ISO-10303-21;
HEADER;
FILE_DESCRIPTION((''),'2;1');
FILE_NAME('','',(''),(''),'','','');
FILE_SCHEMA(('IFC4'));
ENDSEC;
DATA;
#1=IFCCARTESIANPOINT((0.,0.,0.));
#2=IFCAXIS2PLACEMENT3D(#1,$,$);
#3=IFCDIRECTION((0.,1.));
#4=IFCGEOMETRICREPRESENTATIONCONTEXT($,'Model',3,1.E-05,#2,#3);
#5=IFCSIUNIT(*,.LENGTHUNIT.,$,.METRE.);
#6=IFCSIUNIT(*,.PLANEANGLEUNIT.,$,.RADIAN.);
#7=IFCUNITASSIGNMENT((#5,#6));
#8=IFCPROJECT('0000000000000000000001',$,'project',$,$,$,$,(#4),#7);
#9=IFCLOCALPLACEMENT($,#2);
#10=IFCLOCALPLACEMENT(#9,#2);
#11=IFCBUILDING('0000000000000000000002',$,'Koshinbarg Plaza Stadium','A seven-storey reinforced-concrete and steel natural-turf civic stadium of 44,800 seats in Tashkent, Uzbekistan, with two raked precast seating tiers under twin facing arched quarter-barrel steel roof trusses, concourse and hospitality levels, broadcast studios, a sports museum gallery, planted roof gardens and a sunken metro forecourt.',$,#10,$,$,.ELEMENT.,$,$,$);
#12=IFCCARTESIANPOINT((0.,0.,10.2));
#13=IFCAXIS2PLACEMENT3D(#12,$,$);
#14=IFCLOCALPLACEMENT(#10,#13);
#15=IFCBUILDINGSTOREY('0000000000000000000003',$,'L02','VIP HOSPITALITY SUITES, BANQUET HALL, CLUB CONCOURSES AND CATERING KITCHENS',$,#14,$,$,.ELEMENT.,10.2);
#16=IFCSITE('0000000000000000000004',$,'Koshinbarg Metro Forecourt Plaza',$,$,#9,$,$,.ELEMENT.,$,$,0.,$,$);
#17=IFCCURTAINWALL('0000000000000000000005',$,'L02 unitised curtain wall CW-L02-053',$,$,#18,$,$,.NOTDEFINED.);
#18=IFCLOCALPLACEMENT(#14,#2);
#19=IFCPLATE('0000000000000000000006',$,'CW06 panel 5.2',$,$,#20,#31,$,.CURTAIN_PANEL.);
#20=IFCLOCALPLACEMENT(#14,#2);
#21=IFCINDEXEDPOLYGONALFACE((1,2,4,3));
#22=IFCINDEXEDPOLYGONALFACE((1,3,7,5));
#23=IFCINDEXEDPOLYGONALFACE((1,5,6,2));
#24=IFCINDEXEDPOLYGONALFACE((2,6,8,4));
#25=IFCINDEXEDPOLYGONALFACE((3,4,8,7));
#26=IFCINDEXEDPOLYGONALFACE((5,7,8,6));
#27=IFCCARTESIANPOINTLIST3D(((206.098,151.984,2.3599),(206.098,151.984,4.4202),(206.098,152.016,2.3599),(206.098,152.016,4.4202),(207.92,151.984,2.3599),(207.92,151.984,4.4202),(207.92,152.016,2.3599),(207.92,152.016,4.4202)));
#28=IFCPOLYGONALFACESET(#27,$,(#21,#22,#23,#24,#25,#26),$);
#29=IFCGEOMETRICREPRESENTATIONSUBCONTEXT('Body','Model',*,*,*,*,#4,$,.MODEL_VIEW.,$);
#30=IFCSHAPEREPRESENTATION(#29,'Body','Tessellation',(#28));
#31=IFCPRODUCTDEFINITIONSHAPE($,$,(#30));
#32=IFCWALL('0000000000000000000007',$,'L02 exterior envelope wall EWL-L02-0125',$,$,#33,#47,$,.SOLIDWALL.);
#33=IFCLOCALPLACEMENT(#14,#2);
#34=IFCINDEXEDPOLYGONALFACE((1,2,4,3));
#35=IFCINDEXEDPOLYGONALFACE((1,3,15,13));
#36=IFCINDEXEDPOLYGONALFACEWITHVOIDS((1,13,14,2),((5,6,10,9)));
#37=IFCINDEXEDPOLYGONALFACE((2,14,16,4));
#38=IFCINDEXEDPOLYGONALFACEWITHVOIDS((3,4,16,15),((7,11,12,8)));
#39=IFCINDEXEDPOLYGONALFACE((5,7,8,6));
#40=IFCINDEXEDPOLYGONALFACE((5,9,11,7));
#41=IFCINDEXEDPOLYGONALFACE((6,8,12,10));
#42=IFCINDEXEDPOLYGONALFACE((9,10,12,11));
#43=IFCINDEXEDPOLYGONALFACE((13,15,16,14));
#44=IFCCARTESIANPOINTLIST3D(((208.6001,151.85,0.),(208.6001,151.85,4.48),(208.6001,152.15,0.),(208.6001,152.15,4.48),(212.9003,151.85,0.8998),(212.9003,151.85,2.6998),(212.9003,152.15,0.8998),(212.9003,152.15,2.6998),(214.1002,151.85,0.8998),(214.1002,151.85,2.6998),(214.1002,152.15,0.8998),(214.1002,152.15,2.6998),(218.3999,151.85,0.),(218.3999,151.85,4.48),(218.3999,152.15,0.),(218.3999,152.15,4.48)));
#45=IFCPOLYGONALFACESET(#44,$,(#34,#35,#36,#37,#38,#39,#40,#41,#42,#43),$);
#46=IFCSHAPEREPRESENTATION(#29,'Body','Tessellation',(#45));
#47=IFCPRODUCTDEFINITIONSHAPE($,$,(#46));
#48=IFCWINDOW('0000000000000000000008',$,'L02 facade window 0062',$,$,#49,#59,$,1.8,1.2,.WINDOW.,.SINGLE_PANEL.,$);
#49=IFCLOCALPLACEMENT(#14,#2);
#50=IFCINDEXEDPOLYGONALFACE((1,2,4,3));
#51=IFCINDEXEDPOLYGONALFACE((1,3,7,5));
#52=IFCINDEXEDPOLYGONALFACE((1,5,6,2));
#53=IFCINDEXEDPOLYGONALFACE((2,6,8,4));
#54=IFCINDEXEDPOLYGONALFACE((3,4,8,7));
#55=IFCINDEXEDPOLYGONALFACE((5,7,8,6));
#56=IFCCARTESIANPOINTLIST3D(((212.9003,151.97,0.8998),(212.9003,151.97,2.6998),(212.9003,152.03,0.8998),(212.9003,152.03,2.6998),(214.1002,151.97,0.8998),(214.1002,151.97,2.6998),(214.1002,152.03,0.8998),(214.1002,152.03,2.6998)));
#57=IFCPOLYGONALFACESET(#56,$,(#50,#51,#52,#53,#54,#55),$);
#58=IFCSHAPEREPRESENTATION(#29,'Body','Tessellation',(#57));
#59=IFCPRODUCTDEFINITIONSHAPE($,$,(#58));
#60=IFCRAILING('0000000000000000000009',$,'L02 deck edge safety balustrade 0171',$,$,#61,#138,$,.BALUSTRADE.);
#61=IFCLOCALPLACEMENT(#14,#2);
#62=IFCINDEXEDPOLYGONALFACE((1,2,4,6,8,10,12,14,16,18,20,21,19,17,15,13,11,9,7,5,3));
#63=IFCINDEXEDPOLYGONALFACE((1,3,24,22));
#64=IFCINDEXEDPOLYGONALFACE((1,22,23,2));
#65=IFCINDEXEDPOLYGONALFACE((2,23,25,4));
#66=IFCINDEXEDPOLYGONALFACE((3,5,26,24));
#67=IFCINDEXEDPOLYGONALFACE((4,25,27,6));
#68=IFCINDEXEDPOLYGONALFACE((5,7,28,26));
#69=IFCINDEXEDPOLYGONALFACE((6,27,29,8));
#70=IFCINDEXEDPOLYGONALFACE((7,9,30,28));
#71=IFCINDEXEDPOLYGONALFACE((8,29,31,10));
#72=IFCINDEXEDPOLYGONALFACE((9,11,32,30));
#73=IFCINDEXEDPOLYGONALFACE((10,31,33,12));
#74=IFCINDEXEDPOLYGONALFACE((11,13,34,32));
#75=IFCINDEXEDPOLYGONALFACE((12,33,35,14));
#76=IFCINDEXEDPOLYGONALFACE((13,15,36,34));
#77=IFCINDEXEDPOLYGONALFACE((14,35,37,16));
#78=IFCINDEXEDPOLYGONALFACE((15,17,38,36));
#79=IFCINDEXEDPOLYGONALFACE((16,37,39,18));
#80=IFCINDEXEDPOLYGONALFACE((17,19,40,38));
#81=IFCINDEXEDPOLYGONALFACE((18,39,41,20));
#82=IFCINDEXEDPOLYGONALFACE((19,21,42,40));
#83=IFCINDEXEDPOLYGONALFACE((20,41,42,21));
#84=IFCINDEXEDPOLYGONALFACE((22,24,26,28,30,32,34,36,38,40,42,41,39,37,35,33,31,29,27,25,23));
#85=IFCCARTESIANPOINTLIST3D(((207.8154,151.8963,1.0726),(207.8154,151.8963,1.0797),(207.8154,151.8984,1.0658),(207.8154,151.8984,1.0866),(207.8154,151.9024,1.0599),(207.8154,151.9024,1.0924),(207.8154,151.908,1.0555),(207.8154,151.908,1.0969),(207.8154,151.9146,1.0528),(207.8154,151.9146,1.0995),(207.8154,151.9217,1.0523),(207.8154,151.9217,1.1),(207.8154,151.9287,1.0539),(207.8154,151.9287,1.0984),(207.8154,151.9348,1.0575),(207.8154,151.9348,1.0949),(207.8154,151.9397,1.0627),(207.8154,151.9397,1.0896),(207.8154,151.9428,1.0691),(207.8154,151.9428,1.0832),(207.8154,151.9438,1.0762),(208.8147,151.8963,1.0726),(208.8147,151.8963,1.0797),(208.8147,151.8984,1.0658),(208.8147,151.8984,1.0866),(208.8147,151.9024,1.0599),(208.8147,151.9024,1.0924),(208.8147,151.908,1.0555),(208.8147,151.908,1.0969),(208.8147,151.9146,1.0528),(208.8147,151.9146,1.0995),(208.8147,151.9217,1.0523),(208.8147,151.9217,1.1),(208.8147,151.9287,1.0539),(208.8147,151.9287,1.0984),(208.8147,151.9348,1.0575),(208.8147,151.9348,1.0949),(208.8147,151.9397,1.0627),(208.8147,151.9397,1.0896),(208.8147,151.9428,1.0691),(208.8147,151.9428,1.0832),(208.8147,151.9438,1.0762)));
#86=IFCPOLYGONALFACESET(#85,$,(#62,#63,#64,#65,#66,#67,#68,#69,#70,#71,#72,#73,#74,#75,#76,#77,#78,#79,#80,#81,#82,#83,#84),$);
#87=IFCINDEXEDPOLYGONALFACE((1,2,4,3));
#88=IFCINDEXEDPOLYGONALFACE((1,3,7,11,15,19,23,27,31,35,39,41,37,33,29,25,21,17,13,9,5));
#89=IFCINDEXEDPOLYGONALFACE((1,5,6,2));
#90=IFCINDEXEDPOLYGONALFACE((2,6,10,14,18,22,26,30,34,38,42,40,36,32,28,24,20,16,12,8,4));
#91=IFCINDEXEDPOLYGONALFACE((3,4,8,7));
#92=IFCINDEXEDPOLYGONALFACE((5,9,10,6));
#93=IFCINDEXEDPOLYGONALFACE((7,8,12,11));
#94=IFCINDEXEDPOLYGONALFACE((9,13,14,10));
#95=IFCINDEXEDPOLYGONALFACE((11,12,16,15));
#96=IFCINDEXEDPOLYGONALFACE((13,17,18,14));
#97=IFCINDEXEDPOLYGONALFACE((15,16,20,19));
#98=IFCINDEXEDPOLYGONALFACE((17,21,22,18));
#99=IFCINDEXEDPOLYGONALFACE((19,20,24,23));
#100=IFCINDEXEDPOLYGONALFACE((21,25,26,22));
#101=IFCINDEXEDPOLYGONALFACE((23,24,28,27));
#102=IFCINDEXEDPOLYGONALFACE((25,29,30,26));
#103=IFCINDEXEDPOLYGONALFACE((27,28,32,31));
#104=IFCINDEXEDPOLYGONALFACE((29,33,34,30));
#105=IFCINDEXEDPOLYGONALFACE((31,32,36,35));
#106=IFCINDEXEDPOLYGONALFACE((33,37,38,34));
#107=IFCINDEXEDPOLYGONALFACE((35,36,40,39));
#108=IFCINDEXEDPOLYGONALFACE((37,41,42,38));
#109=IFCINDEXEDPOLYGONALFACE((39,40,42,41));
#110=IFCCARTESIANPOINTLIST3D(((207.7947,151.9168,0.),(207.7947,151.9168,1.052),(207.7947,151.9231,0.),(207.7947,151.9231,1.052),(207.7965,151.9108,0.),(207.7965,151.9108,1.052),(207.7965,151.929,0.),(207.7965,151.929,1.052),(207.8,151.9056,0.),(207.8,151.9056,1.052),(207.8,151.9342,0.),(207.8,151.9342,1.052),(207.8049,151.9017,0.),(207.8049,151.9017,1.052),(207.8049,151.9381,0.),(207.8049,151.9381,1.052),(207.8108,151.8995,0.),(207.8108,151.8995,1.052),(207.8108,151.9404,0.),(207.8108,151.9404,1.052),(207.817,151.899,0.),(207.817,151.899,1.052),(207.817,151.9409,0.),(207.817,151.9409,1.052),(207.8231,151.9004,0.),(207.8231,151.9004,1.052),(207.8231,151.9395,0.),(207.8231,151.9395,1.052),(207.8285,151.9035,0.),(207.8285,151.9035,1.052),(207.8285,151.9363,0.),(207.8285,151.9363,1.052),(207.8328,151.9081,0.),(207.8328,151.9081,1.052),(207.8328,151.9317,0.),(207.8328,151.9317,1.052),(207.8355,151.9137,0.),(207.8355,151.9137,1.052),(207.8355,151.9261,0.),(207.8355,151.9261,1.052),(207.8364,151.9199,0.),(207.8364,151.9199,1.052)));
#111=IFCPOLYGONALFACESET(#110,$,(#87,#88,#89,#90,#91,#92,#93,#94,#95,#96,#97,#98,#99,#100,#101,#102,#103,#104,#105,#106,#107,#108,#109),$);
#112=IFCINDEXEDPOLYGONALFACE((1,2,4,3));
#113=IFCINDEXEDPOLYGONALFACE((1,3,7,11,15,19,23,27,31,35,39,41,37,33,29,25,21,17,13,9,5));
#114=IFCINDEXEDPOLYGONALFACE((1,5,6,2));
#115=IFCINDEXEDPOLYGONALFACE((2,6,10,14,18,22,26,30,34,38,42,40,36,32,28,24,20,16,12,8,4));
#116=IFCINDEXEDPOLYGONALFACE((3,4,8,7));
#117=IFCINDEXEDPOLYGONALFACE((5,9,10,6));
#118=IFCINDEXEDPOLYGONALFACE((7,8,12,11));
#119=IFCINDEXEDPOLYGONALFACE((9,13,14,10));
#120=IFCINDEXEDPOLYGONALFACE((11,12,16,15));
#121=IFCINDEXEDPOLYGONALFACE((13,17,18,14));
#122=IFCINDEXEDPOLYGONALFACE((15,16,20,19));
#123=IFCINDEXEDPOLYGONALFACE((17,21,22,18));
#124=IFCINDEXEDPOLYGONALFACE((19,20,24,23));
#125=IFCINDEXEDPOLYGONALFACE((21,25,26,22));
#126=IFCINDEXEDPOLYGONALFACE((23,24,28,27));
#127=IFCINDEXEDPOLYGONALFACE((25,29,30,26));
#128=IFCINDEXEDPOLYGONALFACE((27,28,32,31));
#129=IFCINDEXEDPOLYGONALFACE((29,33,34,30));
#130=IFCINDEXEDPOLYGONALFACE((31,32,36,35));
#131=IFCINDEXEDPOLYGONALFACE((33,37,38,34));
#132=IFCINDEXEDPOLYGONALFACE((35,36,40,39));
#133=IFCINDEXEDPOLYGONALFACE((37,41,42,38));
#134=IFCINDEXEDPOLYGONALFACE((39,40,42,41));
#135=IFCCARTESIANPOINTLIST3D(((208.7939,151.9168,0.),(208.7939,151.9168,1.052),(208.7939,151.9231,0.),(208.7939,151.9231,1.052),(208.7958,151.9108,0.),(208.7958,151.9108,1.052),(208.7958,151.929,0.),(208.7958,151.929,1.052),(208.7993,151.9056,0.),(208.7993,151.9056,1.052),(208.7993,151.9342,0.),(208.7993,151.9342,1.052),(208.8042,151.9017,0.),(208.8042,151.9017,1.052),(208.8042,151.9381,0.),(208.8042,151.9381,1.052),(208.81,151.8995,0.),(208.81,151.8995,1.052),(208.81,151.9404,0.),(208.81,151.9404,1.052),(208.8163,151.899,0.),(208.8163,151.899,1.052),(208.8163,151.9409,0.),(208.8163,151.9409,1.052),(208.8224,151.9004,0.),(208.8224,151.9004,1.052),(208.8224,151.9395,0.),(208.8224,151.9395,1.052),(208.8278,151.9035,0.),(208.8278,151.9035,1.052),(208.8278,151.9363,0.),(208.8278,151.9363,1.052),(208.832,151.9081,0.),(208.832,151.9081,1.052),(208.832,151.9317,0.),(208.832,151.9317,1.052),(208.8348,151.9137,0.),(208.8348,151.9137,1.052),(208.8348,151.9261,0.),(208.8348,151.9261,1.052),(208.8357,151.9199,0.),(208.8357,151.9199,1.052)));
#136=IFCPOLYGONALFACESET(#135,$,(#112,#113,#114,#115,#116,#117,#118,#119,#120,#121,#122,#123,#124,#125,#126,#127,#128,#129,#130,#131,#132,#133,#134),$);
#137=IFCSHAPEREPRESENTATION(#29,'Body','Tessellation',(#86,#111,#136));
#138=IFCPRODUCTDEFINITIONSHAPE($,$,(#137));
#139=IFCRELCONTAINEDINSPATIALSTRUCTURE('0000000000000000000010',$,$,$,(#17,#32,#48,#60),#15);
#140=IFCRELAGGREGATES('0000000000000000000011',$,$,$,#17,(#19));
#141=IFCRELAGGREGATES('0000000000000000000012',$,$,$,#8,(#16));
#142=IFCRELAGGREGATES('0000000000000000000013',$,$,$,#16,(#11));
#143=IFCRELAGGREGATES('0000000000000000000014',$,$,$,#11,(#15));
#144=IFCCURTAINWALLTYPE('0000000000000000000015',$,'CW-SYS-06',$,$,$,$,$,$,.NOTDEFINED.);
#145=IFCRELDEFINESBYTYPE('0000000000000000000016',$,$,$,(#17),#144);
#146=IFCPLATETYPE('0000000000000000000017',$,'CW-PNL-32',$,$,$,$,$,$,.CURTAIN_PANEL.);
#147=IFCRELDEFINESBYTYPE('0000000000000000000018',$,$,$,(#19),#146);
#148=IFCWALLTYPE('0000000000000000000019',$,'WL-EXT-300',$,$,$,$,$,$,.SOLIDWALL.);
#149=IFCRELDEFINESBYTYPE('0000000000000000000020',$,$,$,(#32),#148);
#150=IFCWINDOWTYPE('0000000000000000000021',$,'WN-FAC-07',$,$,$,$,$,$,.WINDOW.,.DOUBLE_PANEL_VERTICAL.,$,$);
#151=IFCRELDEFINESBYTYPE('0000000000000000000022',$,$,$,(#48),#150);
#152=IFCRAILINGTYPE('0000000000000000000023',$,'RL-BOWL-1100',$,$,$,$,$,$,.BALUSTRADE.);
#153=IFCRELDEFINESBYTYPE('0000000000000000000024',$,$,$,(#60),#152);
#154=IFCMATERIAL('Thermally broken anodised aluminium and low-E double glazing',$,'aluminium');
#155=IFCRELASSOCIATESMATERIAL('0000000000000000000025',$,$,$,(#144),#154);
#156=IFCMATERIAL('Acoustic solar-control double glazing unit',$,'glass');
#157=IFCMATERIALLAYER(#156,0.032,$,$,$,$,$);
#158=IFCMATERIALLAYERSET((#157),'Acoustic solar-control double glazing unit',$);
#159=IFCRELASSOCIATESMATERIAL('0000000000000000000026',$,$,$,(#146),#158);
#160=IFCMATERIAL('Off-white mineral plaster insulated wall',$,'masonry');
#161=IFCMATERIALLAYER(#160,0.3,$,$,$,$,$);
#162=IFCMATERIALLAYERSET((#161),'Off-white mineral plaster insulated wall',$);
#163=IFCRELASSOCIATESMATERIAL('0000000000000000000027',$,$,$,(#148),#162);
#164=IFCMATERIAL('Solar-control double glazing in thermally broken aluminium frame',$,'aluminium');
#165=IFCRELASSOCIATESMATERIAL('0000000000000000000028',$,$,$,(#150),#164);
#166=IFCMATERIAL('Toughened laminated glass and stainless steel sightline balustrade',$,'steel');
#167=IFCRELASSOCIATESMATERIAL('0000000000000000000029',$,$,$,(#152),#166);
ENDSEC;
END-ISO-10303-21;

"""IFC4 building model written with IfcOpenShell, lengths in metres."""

from ifc_helpers import new_model, si_unit, direction, frame, frame_2d, origin, origin_2d, place, context, subcontext, project, spatial, rectangle, circle, extrude, material, layer, layer_set, type_object, element, fill, aggregate, save


model = new_model("IFC4")

# Units and contexts
model_context = context("Model", 3, precision=1e-05, world=origin(), true_north=direction((0.0, 1.0)))
body_context = subcontext(model_context, "Body", "Model", "MODEL_VIEW")
ifc_project = project(units=[si_unit("LENGTHUNIT", "METRE"), si_unit("PLANEANGLEUNIT", "RADIAN")], contexts=[model_context])

# Site, building, storey
site_placement = place(None, origin())
site = spatial("IfcSite", under=ifc_project, at=site_placement, Name="Koshinbarg Metro Forecourt Plaza", CompositionType="ELEMENT", RefElevation=0.0)
building_placement = place(site_placement, origin())
building = spatial("IfcBuilding", under=site, at=building_placement, Name="Koshinbarg Plaza Stadium", Description="A seven-storey reinforced-concrete and steel natural-turf civic stadium of 44,800 seats in Tashkent, Uzbekistan, with two raked precast seating tiers under twin facing arched quarter-barrel steel roof trusses, concourse and hospitality levels, broadcast studios, a sports museum gallery, planted roof gardens and a sunken metro forecourt.", CompositionType="ELEMENT")
storey_placement = place(building_placement, frame((0.0, 0.0, 10.2)))
storey = spatial("IfcBuildingStorey", under=building, at=storey_placement, Name="L02", Description="VIP HOSPITALITY SUITES, BANQUET HALL, CLUB CONCOURSES AND CATERING KITCHENS", CompositionType="ELEMENT", Elevation=10.2)

# Curtain wall, plate
ifc_material_1 = material(Name="Thermally broken anodised aluminium and low-E double glazing", Category="aluminium")
curtain_wall_type = type_object("IfcCurtainWallType", Name="CW-SYS-06", PredefinedType="NOTDEFINED", material=ifc_material_1)
curtain_wall_placement = place(storey_placement, origin())
curtain_wall = element("IfcCurtainWall", 1, at=curtain_wall_placement, inside=storey, type_object=curtain_wall_type, Name="L02 unitised curtain wall CW-L02-053", PredefinedType="NOTDEFINED")
ifc_material_2 = material(Name="Acoustic solar-control double glazing unit", Category="glass")
ifc_layer_1 = layer(ifc_material_2, 0.032)
ifc_layer_set_1 = layer_set([ifc_layer_1], Name="Acoustic solar-control double glazing unit")
plate_type = type_object("IfcPlateType", Name="CW-PNL-32", PredefinedType="CURTAIN_PANEL", material=ifc_layer_set_1)
plate_1_placement = place(storey_placement, frame((207.009, 152.0, 2.3599), z_axis=(0.0, 0.0, 1.0), x_axis=(1.0, 0.0, 0.0)))
plate_1 = element("IfcPlate", 2, at=plate_1_placement, type_object=plate_type, Name="CW06 panel 5.2", PredefinedType="CURTAIN_PANEL", context=body_context, shape_type="SweptSolid", body=[
    extrude(rectangle(XDim=1.822, YDim=0.032, at=origin_2d()), origin(), (0.0, 0.0, 1.0), 2.0603),
])
aggregate(curtain_wall, [plate_1])

# Wall, opening, window
ifc_material_3 = material(Name="Off-white mineral plaster insulated wall", Category="masonry")
ifc_layer_2 = layer(ifc_material_3, 0.3)
ifc_layer_set_2 = layer_set([ifc_layer_2], Name="Off-white mineral plaster insulated wall")
wall_type = type_object("IfcWallType", Name="WL-EXT-300", PredefinedType="SOLIDWALL", material=ifc_layer_set_2)
wall_placement = place(storey_placement, frame((208.6001, 152.0, 0.0), z_axis=(0.0, 0.0, 1.0), x_axis=(1.0, 0.0, 0.0)))
wall = element("IfcWall", 3, at=wall_placement, inside=storey, type_object=wall_type, Name="L02 exterior envelope wall EWL-L02-0125", PredefinedType="SOLIDWALL", context=body_context, shape_type="SweptSolid", body=[
    extrude(rectangle(XDim=9.7998, YDim=0.3, at=frame_2d((4.8999, 0.0))), origin(), (0.0, 0.0, 1.0), 4.48),
])
opening_placement = place(wall_placement, frame((4.3, 0.0, 0.8999)))
opening = element("IfcOpeningElement", 4, at=opening_placement, cuts=wall, PredefinedType="OPENING", context=body_context, shape_type="SweptSolid", body=[
    extrude(rectangle(XDim=1.2, YDim=1.8, at=frame_2d((0.6001, 0.8999))), frame((0.0, 0.1599, 0.0), z_axis=(0.0, -1.0, 0.0), x_axis=(1.0, 0.0, 0.0)), (0.0, 0.0, 1.0), 0.3201),
])
ifc_material_4 = material(Name="Solar-control double glazing in thermally broken aluminium frame", Category="aluminium")
window_type = type_object("IfcWindowType", Name="WN-FAC-07", PartitioningType="DOUBLE_PANEL_VERTICAL", PredefinedType="WINDOW", material=ifc_material_4)
window_placement = place(opening_placement, origin())
window = element("IfcWindow", 5, at=window_placement, inside=storey, type_object=window_type, Name="L02 facade window 0062", OverallHeight=1.8, OverallWidth=1.2, PartitioningType="SINGLE_PANEL", PredefinedType="WINDOW", context=body_context, shape_type="SweptSolid", body=[
    extrude(rectangle(XDim=1.2, YDim=1.8, at=frame_2d((0.6001, 0.8999))), frame((0.0, 0.03, 0.0), z_axis=(0.0, -1.0, 0.0), x_axis=(1.0, 0.0, 0.0)), (0.0, 0.0, 1.0), 0.0601),
])
fill(opening, window)

# Railing
ifc_material_5 = material(Name="Toughened laminated glass and stainless steel sightline balustrade", Category="steel")
railing_type = type_object("IfcRailingType", Name="RL-BOWL-1100", PredefinedType="BALUSTRADE", material=ifc_material_5)
railing_placement = place(storey_placement, frame((207.8154, 151.9199, 0.0)))
element("IfcRailing", 6, at=railing_placement, inside=storey, type_object=railing_type, Name="L02 deck edge safety balustrade 0171", PredefinedType="BALUSTRADE", context=body_context, shape_type="SweptSolid", body=[
    extrude(circle(Radius=0.0239, at=origin_2d()), frame((0.0, 0.0, 1.0762), z_axis=(1.0, 0.0, 0.0), x_axis=(0.0, 1.0, 0.0)), (0.0, 0.0, 1.0), 0.9993),
    extrude(circle(Radius=0.021, at=origin_2d()), origin(), (0.0, 0.0, 1.0), 1.052),
    extrude(circle(Radius=0.021, at=origin_2d()), frame((0.9993, 0.0, 0.0)), (0.0, 0.0, 1.0), 1.052),
])

save(model, "model.ifc")
